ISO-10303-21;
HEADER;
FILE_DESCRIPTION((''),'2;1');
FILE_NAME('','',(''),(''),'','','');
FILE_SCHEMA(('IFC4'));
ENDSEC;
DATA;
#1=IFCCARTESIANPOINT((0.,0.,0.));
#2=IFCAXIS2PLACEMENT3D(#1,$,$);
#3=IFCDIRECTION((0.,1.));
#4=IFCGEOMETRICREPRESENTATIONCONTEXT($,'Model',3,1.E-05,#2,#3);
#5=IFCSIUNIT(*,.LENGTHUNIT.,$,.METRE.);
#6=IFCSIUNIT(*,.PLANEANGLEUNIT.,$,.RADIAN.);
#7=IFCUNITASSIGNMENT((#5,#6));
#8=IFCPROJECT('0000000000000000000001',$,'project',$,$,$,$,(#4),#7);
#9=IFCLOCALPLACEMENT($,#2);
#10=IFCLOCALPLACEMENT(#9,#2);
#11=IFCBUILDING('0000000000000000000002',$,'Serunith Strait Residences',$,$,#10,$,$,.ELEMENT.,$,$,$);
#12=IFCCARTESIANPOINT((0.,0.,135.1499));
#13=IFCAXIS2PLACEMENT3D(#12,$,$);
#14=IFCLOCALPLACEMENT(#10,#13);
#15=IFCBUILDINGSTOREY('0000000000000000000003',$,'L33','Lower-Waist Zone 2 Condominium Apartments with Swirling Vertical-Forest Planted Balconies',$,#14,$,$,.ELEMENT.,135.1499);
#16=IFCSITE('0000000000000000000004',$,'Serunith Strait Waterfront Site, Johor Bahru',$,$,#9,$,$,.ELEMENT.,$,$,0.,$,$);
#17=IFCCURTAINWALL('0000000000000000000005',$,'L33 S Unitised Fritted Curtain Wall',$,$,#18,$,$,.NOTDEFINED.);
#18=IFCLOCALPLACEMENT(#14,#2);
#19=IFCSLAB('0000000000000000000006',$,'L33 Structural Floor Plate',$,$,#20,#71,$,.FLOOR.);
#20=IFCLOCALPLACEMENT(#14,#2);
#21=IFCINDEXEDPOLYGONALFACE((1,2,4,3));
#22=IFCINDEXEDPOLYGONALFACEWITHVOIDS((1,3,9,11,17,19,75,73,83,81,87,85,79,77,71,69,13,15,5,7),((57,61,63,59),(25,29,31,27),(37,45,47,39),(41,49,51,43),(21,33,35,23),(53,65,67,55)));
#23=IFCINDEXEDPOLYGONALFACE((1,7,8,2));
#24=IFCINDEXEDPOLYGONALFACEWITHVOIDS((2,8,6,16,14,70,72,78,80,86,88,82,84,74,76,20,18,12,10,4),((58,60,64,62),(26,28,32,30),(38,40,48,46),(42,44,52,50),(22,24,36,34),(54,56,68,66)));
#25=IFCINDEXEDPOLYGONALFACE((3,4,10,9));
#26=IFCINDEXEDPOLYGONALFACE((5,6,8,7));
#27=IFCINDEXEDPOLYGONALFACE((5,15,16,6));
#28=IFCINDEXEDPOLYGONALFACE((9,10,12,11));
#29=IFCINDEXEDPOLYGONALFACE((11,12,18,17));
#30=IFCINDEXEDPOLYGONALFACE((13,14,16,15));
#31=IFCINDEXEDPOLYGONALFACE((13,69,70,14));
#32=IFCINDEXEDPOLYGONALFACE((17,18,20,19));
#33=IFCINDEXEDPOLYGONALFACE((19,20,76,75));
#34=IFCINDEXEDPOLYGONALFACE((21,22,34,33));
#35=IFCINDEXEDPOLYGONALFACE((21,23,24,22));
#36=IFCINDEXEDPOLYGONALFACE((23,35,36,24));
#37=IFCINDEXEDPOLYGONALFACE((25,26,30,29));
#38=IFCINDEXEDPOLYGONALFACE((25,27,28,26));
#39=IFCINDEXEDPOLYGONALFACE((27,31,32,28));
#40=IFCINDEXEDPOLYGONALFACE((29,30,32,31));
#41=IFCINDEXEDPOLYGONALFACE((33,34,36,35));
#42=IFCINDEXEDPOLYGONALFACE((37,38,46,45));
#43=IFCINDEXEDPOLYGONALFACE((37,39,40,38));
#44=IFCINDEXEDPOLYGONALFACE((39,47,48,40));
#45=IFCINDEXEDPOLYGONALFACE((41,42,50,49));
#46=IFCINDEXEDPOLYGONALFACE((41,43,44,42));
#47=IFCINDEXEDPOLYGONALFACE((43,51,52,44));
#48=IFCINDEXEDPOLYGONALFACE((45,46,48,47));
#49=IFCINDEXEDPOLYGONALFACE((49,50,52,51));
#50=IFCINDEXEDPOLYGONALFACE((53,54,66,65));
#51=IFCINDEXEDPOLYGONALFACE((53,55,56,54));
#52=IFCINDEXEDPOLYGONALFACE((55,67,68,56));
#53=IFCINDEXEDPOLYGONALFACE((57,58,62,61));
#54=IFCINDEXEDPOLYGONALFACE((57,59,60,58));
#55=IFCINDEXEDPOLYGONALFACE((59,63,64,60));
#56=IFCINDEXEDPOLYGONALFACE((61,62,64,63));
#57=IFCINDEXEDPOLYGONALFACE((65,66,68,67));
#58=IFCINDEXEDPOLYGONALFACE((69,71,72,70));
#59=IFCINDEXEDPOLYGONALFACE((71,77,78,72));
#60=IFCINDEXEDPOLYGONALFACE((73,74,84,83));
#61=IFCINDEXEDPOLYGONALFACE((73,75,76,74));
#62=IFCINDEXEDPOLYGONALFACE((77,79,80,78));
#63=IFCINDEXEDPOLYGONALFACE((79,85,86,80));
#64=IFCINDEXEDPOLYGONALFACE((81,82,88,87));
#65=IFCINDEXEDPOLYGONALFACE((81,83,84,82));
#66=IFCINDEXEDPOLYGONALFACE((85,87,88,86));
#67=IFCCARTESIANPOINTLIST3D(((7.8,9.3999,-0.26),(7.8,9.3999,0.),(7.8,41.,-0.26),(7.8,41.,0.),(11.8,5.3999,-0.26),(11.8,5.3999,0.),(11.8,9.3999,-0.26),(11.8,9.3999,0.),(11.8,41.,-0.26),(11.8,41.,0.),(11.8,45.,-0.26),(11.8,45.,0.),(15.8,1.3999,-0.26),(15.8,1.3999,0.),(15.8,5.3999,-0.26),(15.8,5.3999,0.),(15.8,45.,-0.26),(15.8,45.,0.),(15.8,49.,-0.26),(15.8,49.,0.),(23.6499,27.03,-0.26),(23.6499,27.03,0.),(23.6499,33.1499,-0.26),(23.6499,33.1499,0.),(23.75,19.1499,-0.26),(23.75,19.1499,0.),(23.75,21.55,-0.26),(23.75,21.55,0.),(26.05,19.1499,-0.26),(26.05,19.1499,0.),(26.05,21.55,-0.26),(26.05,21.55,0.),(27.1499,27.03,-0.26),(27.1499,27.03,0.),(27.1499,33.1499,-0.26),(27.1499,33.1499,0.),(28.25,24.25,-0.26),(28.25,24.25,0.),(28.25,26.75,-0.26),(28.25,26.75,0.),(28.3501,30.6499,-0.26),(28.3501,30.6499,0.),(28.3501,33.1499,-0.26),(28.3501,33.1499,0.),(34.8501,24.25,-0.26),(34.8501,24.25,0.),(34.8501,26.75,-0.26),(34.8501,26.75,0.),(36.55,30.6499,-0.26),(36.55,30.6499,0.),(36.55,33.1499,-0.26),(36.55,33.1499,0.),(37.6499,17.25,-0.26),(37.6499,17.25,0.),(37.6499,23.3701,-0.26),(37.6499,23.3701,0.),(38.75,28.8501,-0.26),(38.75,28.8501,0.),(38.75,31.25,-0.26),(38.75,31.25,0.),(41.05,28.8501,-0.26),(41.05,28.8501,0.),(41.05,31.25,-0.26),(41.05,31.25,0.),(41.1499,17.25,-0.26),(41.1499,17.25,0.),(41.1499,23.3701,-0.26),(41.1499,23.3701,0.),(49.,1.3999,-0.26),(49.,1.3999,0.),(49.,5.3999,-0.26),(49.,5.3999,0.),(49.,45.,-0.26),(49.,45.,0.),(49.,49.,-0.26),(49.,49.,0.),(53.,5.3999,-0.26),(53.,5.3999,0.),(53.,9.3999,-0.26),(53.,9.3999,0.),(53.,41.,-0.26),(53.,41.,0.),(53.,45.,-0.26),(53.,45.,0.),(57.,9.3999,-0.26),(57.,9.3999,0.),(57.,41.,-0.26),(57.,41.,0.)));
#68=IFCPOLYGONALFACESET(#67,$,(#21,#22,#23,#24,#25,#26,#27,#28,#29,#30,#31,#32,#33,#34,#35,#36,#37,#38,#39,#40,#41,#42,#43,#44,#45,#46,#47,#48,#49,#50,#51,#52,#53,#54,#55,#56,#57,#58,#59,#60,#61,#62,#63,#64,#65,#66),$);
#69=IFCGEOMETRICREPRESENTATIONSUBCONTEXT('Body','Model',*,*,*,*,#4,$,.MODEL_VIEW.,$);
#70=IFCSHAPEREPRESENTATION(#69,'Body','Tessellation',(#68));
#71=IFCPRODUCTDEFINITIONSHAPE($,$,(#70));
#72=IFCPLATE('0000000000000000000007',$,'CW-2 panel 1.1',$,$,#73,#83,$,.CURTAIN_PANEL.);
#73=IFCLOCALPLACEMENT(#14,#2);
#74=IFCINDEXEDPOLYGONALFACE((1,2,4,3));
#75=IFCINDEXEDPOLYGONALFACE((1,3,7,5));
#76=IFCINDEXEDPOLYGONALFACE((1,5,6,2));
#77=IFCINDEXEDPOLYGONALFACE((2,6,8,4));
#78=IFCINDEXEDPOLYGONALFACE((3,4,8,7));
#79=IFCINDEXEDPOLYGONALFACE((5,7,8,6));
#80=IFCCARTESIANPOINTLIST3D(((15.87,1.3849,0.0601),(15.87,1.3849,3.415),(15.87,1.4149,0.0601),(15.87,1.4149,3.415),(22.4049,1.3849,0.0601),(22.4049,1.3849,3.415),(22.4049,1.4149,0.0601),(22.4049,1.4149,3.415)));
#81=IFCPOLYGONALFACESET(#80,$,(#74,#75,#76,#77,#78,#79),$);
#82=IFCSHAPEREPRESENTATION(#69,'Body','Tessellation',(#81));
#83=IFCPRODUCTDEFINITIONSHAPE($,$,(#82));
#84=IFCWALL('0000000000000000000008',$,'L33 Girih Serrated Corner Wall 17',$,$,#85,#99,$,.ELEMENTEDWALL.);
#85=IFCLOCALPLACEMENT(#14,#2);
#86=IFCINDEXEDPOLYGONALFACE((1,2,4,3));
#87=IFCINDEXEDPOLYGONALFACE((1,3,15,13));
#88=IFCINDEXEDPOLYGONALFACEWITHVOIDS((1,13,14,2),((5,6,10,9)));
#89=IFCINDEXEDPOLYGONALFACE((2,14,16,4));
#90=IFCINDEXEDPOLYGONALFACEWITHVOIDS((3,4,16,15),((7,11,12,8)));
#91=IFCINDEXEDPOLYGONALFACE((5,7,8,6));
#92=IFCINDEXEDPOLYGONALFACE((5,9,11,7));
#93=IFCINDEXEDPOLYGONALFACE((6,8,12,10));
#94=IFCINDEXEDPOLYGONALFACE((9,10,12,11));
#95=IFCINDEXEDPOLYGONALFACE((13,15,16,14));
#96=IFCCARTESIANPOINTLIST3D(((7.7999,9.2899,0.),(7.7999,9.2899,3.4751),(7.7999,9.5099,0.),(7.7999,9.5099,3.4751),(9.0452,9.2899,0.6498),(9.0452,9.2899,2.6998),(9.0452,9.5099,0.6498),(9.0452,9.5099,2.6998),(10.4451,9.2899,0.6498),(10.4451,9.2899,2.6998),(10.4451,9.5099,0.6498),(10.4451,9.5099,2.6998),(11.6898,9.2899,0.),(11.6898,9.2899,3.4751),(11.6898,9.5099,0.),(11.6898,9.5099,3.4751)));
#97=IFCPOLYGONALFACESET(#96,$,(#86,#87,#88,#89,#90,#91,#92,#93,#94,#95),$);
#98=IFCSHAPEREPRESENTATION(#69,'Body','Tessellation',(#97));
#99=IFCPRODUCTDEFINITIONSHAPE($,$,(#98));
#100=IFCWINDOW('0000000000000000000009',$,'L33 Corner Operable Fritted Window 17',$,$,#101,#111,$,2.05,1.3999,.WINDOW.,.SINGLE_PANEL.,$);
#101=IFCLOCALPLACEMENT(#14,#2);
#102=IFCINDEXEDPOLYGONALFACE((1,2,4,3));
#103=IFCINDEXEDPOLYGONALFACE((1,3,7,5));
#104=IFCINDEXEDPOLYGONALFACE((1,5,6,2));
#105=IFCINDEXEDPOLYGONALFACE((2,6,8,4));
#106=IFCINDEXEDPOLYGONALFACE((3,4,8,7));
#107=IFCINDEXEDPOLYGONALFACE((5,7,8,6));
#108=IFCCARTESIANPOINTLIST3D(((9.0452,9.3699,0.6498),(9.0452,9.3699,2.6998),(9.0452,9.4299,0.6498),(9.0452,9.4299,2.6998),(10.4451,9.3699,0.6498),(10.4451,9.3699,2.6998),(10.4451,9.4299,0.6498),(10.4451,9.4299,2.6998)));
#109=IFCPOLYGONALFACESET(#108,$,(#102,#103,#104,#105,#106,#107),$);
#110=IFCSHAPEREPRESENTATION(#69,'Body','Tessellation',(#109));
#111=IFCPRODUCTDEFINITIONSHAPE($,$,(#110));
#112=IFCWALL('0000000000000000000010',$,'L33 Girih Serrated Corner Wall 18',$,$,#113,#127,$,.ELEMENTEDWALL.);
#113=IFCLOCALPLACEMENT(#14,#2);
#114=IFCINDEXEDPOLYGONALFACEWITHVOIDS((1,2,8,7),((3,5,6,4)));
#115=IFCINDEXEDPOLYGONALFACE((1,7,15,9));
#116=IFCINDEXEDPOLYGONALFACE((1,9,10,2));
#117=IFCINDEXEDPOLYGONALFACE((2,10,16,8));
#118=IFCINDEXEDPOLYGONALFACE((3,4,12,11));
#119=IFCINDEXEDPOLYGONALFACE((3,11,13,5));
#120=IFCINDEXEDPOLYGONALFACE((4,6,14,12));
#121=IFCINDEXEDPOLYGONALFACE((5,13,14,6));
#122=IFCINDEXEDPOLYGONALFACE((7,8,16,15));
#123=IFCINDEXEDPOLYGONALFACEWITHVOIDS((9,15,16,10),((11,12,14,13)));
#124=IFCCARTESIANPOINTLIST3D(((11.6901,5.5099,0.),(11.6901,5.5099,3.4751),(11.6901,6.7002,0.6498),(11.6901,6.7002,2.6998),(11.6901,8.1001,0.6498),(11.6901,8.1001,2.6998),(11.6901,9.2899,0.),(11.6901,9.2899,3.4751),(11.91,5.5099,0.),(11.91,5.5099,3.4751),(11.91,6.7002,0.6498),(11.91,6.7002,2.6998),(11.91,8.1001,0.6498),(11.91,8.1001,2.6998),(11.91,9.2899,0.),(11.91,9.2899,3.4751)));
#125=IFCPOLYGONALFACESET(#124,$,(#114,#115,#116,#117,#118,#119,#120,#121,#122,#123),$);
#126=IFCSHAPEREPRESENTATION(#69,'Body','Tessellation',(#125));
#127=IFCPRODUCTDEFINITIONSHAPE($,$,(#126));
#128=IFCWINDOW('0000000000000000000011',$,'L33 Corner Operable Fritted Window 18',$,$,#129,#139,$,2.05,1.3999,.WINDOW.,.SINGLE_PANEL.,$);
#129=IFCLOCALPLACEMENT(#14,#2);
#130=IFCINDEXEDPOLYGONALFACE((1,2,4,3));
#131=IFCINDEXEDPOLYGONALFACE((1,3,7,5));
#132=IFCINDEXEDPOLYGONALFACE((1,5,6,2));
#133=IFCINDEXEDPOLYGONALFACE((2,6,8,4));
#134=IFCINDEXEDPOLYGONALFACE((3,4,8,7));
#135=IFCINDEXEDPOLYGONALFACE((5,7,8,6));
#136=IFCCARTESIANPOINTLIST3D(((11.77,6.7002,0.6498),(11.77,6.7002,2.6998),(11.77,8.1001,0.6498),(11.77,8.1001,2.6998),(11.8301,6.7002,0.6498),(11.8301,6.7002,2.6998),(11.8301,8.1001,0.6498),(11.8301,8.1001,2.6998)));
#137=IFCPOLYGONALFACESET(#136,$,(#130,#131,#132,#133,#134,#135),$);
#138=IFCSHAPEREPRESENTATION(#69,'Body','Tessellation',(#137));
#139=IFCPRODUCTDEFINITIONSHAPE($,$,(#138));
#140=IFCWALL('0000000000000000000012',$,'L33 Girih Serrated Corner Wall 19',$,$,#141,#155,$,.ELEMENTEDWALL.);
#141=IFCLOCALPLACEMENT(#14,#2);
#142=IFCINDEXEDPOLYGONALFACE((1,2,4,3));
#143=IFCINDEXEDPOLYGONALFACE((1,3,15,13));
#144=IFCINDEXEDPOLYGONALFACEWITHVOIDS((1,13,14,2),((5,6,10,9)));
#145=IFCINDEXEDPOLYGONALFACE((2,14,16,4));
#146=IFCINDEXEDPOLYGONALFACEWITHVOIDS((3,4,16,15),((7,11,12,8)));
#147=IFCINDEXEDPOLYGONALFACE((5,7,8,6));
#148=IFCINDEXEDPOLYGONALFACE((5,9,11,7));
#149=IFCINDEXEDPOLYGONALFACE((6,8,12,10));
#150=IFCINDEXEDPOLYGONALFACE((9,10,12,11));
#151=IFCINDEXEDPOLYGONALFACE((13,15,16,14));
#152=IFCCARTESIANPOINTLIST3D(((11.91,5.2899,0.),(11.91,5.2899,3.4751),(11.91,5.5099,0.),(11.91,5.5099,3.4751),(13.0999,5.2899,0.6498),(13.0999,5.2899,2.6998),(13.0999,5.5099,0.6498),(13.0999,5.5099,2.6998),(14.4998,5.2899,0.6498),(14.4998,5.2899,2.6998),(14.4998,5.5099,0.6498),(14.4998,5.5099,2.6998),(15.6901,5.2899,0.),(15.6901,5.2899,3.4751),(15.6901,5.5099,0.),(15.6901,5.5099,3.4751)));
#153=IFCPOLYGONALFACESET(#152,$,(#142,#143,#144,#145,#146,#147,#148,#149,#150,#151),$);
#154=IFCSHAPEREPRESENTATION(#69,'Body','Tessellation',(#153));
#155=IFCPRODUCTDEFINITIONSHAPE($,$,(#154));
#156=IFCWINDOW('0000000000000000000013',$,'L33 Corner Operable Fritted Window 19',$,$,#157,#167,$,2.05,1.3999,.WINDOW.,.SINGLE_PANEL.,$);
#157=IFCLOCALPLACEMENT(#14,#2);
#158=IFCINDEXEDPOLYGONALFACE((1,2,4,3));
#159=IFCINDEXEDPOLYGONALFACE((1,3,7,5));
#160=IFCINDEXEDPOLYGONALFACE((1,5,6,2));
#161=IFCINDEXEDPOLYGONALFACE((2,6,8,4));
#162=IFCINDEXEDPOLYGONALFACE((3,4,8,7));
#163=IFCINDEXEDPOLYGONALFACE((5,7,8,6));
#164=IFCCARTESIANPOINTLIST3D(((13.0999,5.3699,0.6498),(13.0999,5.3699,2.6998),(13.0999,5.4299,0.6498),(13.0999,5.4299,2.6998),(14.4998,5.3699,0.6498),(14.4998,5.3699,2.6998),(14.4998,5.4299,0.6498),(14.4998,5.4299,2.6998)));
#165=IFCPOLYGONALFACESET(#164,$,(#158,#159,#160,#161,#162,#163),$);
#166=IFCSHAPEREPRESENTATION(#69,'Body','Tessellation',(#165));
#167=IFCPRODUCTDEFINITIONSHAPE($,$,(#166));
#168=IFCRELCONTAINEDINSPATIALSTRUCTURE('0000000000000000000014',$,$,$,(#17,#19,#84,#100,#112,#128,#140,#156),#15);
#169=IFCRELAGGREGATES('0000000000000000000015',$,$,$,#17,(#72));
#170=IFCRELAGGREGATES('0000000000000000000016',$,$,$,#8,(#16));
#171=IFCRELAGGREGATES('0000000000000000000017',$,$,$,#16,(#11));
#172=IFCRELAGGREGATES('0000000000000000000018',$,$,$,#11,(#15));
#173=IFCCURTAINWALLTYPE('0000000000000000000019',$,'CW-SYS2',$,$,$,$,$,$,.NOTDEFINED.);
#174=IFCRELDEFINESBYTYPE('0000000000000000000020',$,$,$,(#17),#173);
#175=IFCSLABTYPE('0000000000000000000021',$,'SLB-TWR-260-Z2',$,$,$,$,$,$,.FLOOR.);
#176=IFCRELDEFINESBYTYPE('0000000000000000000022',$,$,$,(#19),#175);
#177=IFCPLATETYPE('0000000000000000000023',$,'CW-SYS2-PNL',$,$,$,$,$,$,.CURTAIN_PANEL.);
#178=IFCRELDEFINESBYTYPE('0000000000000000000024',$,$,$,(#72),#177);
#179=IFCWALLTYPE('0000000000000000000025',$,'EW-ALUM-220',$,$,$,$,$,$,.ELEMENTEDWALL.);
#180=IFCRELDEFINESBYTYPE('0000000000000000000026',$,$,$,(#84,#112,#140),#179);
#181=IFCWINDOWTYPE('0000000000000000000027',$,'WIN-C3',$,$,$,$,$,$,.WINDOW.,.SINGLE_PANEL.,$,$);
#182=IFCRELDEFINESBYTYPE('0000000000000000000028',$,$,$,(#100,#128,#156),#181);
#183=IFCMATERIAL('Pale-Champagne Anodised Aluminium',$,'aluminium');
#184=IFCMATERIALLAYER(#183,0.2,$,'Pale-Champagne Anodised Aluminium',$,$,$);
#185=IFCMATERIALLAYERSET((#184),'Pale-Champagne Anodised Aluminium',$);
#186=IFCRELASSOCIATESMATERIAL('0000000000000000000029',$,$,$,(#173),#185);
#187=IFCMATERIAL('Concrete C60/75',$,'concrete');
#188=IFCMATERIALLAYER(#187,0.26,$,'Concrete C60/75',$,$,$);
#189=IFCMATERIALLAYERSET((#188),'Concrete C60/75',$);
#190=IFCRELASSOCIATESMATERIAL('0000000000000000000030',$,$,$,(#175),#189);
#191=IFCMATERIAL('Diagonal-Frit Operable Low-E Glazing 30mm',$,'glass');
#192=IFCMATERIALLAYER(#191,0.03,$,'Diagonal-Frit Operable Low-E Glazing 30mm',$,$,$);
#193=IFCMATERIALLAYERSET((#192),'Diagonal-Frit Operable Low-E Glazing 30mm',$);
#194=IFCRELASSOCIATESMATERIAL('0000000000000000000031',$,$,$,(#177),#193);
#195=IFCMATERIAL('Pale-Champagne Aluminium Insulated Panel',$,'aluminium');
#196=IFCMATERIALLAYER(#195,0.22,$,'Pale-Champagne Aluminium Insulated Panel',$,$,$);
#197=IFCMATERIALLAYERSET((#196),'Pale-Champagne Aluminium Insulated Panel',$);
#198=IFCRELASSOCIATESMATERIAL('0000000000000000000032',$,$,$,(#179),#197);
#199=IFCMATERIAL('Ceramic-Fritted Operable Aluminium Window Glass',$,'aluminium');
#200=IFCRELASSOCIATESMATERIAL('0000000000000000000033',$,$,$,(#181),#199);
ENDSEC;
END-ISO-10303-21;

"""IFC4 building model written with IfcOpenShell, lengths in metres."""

from ifc_helpers import new_model, si_unit, direction, frame, frame_2d, origin, origin_2d, place, context, subcontext, project, spatial, polyline, rectangle, outline, extrude, source, transform, mapped, material, layer, layer_set, type_object, element, fill, aggregate, save


model = new_model("IFC4")

# Units and contexts
model_context = context("Model", 3, precision=1e-05, world=origin(), true_north=direction((0.0, 1.0)))
body_context = subcontext(model_context, "Body", "Model", "MODEL_VIEW")
ifc_project = project(units=[si_unit("LENGTHUNIT", "METRE"), si_unit("PLANEANGLEUNIT", "RADIAN")], contexts=[model_context])

# Site, building, storey
site_placement = place(None, origin())
site = spatial("IfcSite", under=ifc_project, at=site_placement, Name="Serunith Strait Waterfront Site, Johor Bahru", CompositionType="ELEMENT", RefElevation=0.0)
building_placement = place(site_placement, origin())
building = spatial("IfcBuilding", under=site, at=building_placement, Name="Serunith Strait Residences", CompositionType="ELEMENT")
storey_placement = place(building_placement, frame((0.0, 0.0, 135.1499)))
storey = spatial("IfcBuildingStorey", under=building, at=storey_placement, Name="L33", Description="Lower-Waist Zone 2 Condominium Apartments with Swirling Vertical-Forest Planted Balconies", CompositionType="ELEMENT", Elevation=135.1499)

# Curtain wall
ifc_material_1 = material(Name="Pale-Champagne Anodised Aluminium", Category="aluminium")
ifc_layer_1 = layer(ifc_material_1, 0.2, Name="Pale-Champagne Anodised Aluminium")
ifc_layer_set_1 = layer_set([ifc_layer_1], Name="Pale-Champagne Anodised Aluminium")
curtain_wall_type = type_object("IfcCurtainWallType", Name="CW-SYS2", PredefinedType="NOTDEFINED", material=ifc_layer_set_1)
curtain_wall_placement = place(storey_placement, origin())
curtain_wall = element("IfcCurtainWall", 1, at=curtain_wall_placement, inside=storey, type_object=curtain_wall_type, Name="L33 S Unitised Fritted Curtain Wall", PredefinedType="NOTDEFINED")

# Slab
ifc_material_2 = material(Name="Concrete C60/75", Category="concrete")
ifc_layer_2 = layer(ifc_material_2, 0.26, Name="Concrete C60/75")
ifc_layer_set_2 = layer_set([ifc_layer_2], Name="Concrete C60/75")
slab_type_1 = type_object("IfcSlabType", Name="SLB-TWR-260-Z2", PredefinedType="FLOOR", material=ifc_layer_set_2)
slab_1_placement = place(storey_placement, frame((0.0, 0.0, -0.26)))
element("IfcSlab", 2, at=slab_1_placement, inside=storey, type_object=slab_type_1, Name="L33 Structural Floor Plate", PredefinedType="FLOOR", context=body_context, shape_type="SweptSolid", body=[
    extrude(outline(polyline([(15.8, 5.3999), (11.8, 5.3999), (11.8, 9.3999), (7.8, 9.3999), (7.8, 41.0), (11.8, 41.0), (11.8, 45.0), (15.8, 45.0), (15.8, 49.0), (49.0, 49.0), (49.0, 45.0), (53.0, 45.0), (53.0, 41.0), (57.0, 41.0), (57.0, 9.3999), (53.0, 9.3999), (53.0, 5.3999), (49.0, 5.3999), (49.0, 1.3999), (15.8, 1.3999), (15.8, 5.3999)]), holes=[polyline([(41.1499, 23.3701), (37.6499, 23.3701), (37.6499, 17.25), (41.1499, 17.25), (41.1499, 23.3701)]), polyline([(38.75, 31.25), (38.75, 28.8501), (41.05, 28.8501), (41.05, 31.25), (38.75, 31.25)]), polyline([(36.55, 33.1499), (28.3501, 33.1499), (28.3501, 30.6499), (36.55, 30.6499), (36.55, 33.1499)]), polyline([(34.8501, 26.75), (28.25, 26.75), (28.25, 24.25), (34.8501, 24.25), (34.8501, 26.75)]), polyline([(23.6499, 33.1499), (23.6499, 27.03), (27.1499, 27.03), (27.1499, 33.1499), (23.6499, 33.1499)]), polyline([(26.05, 21.55), (23.75, 21.55), (23.75, 19.1499), (26.05, 19.1499), (26.05, 21.55)])]), origin(), (0.0, 0.0, 1.0), 0.26),
])

# Plate
ifc_material_3 = material(Name="Diagonal-Frit Operable Low-E Glazing 30mm", Category="glass")
ifc_layer_3 = layer(ifc_material_3, 0.03, Name="Diagonal-Frit Operable Low-E Glazing 30mm")
ifc_layer_set_3 = layer_set([ifc_layer_3], Name="Diagonal-Frit Operable Low-E Glazing 30mm")
plate_type = type_object("IfcPlateType", Name="CW-SYS2-PNL", PredefinedType="CURTAIN_PANEL", material=ifc_layer_set_3)
shared_shape_1 = source(origin(), body_context, "Body", "SweptSolid", [
    extrude(rectangle(XDim=6.5349, YDim=0.03, at=origin_2d()), origin(), (0.0, 0.0, 1.0), 3.355),
])
plate_placement = place(storey_placement, frame((19.1375, 1.3999, 0.0601), z_axis=(0.0, 0.0, 1.0), x_axis=(1.0, 0.0, 0.0)))
plate = element("IfcPlate", 3, at=plate_placement, type_object=plate_type, Name="CW-2 panel 1.1", PredefinedType="CURTAIN_PANEL", context=body_context, shape_type="MappedRepresentation", body=[
    mapped(shared_shape_1, transform((0.0, 0.0, 0.0), scale=1.0)),
])
aggregate(curtain_wall, [plate])

# Walls, openings, windows
ifc_material_4 = material(Name="Pale-Champagne Aluminium Insulated Panel", Category="aluminium")
ifc_layer_4 = layer(ifc_material_4, 0.22, Name="Pale-Champagne Aluminium Insulated Panel")
ifc_layer_set_4 = layer_set([ifc_layer_4], Name="Pale-Champagne Aluminium Insulated Panel")
wall_type_1 = type_object("IfcWallType", Name="EW-ALUM-220", PredefinedType="ELEMENTEDWALL", material=ifc_layer_set_4)
wall_1_placement = place(storey_placement, frame((7.8, 9.3999, 0.0), z_axis=(0.0, 0.0, 1.0), x_axis=(1.0, 0.0, 0.0)))
wall_1 = element("IfcWall", 4, at=wall_1_placement, inside=storey, type_object=wall_type_1, Name="L33 Girih Serrated Corner Wall 17", PredefinedType="ELEMENTEDWALL", context=body_context, shape_type="SweptSolid", body=[
    extrude(rectangle(XDim=3.8899, YDim=0.22, at=frame_2d((1.9448, 0.0))), origin(), (0.0, 0.0, 1.0), 3.4751),
])
opening_1_placement = place(wall_1_placement, frame((1.2451, 0.0, 0.6499)))
opening_1 = element("IfcOpeningElement", 5, at=opening_1_placement, cuts=wall_1, PredefinedType="OPENING", context=body_context, shape_type="SweptSolid", body=[
    extrude(rectangle(XDim=1.3999, YDim=2.05, at=frame_2d((0.7, 1.0249))), frame((0.0, 0.1201, 0.0), z_axis=(0.0, -1.0, 0.0), x_axis=(1.0, 0.0, 0.0)), (0.0, 0.0, 1.0), 0.24),
])
ifc_material_5 = material(Name="Ceramic-Fritted Operable Aluminium Window Glass", Category="aluminium")
window_type = type_object("IfcWindowType", Name="WIN-C3", PartitioningType="SINGLE_PANEL", PredefinedType="WINDOW", material=ifc_material_5)
shared_shape_2 = source(origin(), body_context, "Body", "SweptSolid", [
    extrude(rectangle(XDim=1.3999, YDim=2.05, at=frame_2d((0.7, 1.0249))), frame((0.0, 0.03, 0.0), z_axis=(0.0, -1.0, 0.0), x_axis=(1.0, 0.0, 0.0)), (0.0, 0.0, 1.0), 0.0601),
])
window_1_placement = place(opening_1_placement, origin())
window_1 = element("IfcWindow", 6, at=window_1_placement, inside=storey, type_object=window_type, Name="L33 Corner Operable Fritted Window 17", OverallHeight=2.05, OverallWidth=1.3999, PartitioningType="SINGLE_PANEL", PredefinedType="WINDOW", context=body_context, shape_type="MappedRepresentation", body=[
    mapped(shared_shape_2, transform((0.0, 0.0, 0.0), scale=1.0)),
])
fill(opening_1, window_1)
wall_2_placement = place(storey_placement, frame((11.8, 9.29, 0.0), z_axis=(0.0, 0.0, 1.0), x_axis=(0.0, -1.0, 0.0)))
wall_2 = element("IfcWall", 7, at=wall_2_placement, inside=storey, type_object=wall_type_1, Name="L33 Girih Serrated Corner Wall 18", PredefinedType="ELEMENTEDWALL", context=body_context, shape_type="SweptSolid", body=[
    extrude(rectangle(XDim=3.78, YDim=0.22, at=frame_2d((1.8901, 0.0))), origin(), (0.0, 0.0, 1.0), 3.4751),
])
opening_2_placement = place(wall_2_placement, frame((1.1899, 0.0, 0.6499)))
opening_2 = element("IfcOpeningElement", 8, at=opening_2_placement, cuts=wall_2, PredefinedType="OPENING", context=body_context, shape_type="SweptSolid", body=[
    extrude(rectangle(XDim=1.3999, YDim=2.05, at=frame_2d((0.7, 1.0249))), frame((0.0, 0.1201, 0.0), z_axis=(0.0, -1.0, 0.0), x_axis=(1.0, 0.0, 0.0)), (0.0, 0.0, 1.0), 0.24),
])
window_2_placement = place(opening_2_placement, origin())
window_2 = element("IfcWindow", 9, at=window_2_placement, inside=storey, type_object=window_type, Name="L33 Corner Operable Fritted Window 18", OverallHeight=2.05, OverallWidth=1.3999, PartitioningType="SINGLE_PANEL", PredefinedType="WINDOW", context=body_context, shape_type="MappedRepresentation", body=[
    mapped(shared_shape_2, transform((0.0, 0.0, 0.0), scale=1.0)),
])
fill(opening_2, window_2)
wall_3_placement = place(storey_placement, frame((11.9099, 5.3999, 0.0), z_axis=(0.0, 0.0, 1.0), x_axis=(1.0, 0.0, 0.0)))
wall_3 = element("IfcWall", 10, at=wall_3_placement, inside=storey, type_object=wall_type_1, Name="L33 Girih Serrated Corner Wall 19", PredefinedType="ELEMENTEDWALL", context=body_context, shape_type="SweptSolid", body=[
    extrude(rectangle(XDim=3.78, YDim=0.22, at=frame_2d((1.8901, 0.0))), origin(), (0.0, 0.0, 1.0), 3.4751),
])
opening_3_placement = place(wall_3_placement, frame((1.1899, 0.0, 0.6499)))
opening_3 = element("IfcOpeningElement", 11, at=opening_3_placement, cuts=wall_3, PredefinedType="OPENING", context=body_context, shape_type="SweptSolid", body=[
    extrude(rectangle(XDim=1.3999, YDim=2.05, at=frame_2d((0.7, 1.0249))), frame((0.0, 0.1201, 0.0), z_axis=(0.0, -1.0, 0.0), x_axis=(1.0, 0.0, 0.0)), (0.0, 0.0, 1.0), 0.24),
])
window_3_placement = place(opening_3_placement, origin())
window_3 = element("IfcWindow", 12, at=window_3_placement, inside=storey, type_object=window_type, Name="L33 Corner Operable Fritted Window 19", OverallHeight=2.05, OverallWidth=1.3999, PartitioningType="SINGLE_PANEL", PredefinedType="WINDOW", context=body_context, shape_type="MappedRepresentation", body=[
    mapped(shared_shape_2, transform((0.0, 0.0, 0.0), scale=1.0)),
])
fill(opening_3, window_3)

save(model, "model.ifc")
